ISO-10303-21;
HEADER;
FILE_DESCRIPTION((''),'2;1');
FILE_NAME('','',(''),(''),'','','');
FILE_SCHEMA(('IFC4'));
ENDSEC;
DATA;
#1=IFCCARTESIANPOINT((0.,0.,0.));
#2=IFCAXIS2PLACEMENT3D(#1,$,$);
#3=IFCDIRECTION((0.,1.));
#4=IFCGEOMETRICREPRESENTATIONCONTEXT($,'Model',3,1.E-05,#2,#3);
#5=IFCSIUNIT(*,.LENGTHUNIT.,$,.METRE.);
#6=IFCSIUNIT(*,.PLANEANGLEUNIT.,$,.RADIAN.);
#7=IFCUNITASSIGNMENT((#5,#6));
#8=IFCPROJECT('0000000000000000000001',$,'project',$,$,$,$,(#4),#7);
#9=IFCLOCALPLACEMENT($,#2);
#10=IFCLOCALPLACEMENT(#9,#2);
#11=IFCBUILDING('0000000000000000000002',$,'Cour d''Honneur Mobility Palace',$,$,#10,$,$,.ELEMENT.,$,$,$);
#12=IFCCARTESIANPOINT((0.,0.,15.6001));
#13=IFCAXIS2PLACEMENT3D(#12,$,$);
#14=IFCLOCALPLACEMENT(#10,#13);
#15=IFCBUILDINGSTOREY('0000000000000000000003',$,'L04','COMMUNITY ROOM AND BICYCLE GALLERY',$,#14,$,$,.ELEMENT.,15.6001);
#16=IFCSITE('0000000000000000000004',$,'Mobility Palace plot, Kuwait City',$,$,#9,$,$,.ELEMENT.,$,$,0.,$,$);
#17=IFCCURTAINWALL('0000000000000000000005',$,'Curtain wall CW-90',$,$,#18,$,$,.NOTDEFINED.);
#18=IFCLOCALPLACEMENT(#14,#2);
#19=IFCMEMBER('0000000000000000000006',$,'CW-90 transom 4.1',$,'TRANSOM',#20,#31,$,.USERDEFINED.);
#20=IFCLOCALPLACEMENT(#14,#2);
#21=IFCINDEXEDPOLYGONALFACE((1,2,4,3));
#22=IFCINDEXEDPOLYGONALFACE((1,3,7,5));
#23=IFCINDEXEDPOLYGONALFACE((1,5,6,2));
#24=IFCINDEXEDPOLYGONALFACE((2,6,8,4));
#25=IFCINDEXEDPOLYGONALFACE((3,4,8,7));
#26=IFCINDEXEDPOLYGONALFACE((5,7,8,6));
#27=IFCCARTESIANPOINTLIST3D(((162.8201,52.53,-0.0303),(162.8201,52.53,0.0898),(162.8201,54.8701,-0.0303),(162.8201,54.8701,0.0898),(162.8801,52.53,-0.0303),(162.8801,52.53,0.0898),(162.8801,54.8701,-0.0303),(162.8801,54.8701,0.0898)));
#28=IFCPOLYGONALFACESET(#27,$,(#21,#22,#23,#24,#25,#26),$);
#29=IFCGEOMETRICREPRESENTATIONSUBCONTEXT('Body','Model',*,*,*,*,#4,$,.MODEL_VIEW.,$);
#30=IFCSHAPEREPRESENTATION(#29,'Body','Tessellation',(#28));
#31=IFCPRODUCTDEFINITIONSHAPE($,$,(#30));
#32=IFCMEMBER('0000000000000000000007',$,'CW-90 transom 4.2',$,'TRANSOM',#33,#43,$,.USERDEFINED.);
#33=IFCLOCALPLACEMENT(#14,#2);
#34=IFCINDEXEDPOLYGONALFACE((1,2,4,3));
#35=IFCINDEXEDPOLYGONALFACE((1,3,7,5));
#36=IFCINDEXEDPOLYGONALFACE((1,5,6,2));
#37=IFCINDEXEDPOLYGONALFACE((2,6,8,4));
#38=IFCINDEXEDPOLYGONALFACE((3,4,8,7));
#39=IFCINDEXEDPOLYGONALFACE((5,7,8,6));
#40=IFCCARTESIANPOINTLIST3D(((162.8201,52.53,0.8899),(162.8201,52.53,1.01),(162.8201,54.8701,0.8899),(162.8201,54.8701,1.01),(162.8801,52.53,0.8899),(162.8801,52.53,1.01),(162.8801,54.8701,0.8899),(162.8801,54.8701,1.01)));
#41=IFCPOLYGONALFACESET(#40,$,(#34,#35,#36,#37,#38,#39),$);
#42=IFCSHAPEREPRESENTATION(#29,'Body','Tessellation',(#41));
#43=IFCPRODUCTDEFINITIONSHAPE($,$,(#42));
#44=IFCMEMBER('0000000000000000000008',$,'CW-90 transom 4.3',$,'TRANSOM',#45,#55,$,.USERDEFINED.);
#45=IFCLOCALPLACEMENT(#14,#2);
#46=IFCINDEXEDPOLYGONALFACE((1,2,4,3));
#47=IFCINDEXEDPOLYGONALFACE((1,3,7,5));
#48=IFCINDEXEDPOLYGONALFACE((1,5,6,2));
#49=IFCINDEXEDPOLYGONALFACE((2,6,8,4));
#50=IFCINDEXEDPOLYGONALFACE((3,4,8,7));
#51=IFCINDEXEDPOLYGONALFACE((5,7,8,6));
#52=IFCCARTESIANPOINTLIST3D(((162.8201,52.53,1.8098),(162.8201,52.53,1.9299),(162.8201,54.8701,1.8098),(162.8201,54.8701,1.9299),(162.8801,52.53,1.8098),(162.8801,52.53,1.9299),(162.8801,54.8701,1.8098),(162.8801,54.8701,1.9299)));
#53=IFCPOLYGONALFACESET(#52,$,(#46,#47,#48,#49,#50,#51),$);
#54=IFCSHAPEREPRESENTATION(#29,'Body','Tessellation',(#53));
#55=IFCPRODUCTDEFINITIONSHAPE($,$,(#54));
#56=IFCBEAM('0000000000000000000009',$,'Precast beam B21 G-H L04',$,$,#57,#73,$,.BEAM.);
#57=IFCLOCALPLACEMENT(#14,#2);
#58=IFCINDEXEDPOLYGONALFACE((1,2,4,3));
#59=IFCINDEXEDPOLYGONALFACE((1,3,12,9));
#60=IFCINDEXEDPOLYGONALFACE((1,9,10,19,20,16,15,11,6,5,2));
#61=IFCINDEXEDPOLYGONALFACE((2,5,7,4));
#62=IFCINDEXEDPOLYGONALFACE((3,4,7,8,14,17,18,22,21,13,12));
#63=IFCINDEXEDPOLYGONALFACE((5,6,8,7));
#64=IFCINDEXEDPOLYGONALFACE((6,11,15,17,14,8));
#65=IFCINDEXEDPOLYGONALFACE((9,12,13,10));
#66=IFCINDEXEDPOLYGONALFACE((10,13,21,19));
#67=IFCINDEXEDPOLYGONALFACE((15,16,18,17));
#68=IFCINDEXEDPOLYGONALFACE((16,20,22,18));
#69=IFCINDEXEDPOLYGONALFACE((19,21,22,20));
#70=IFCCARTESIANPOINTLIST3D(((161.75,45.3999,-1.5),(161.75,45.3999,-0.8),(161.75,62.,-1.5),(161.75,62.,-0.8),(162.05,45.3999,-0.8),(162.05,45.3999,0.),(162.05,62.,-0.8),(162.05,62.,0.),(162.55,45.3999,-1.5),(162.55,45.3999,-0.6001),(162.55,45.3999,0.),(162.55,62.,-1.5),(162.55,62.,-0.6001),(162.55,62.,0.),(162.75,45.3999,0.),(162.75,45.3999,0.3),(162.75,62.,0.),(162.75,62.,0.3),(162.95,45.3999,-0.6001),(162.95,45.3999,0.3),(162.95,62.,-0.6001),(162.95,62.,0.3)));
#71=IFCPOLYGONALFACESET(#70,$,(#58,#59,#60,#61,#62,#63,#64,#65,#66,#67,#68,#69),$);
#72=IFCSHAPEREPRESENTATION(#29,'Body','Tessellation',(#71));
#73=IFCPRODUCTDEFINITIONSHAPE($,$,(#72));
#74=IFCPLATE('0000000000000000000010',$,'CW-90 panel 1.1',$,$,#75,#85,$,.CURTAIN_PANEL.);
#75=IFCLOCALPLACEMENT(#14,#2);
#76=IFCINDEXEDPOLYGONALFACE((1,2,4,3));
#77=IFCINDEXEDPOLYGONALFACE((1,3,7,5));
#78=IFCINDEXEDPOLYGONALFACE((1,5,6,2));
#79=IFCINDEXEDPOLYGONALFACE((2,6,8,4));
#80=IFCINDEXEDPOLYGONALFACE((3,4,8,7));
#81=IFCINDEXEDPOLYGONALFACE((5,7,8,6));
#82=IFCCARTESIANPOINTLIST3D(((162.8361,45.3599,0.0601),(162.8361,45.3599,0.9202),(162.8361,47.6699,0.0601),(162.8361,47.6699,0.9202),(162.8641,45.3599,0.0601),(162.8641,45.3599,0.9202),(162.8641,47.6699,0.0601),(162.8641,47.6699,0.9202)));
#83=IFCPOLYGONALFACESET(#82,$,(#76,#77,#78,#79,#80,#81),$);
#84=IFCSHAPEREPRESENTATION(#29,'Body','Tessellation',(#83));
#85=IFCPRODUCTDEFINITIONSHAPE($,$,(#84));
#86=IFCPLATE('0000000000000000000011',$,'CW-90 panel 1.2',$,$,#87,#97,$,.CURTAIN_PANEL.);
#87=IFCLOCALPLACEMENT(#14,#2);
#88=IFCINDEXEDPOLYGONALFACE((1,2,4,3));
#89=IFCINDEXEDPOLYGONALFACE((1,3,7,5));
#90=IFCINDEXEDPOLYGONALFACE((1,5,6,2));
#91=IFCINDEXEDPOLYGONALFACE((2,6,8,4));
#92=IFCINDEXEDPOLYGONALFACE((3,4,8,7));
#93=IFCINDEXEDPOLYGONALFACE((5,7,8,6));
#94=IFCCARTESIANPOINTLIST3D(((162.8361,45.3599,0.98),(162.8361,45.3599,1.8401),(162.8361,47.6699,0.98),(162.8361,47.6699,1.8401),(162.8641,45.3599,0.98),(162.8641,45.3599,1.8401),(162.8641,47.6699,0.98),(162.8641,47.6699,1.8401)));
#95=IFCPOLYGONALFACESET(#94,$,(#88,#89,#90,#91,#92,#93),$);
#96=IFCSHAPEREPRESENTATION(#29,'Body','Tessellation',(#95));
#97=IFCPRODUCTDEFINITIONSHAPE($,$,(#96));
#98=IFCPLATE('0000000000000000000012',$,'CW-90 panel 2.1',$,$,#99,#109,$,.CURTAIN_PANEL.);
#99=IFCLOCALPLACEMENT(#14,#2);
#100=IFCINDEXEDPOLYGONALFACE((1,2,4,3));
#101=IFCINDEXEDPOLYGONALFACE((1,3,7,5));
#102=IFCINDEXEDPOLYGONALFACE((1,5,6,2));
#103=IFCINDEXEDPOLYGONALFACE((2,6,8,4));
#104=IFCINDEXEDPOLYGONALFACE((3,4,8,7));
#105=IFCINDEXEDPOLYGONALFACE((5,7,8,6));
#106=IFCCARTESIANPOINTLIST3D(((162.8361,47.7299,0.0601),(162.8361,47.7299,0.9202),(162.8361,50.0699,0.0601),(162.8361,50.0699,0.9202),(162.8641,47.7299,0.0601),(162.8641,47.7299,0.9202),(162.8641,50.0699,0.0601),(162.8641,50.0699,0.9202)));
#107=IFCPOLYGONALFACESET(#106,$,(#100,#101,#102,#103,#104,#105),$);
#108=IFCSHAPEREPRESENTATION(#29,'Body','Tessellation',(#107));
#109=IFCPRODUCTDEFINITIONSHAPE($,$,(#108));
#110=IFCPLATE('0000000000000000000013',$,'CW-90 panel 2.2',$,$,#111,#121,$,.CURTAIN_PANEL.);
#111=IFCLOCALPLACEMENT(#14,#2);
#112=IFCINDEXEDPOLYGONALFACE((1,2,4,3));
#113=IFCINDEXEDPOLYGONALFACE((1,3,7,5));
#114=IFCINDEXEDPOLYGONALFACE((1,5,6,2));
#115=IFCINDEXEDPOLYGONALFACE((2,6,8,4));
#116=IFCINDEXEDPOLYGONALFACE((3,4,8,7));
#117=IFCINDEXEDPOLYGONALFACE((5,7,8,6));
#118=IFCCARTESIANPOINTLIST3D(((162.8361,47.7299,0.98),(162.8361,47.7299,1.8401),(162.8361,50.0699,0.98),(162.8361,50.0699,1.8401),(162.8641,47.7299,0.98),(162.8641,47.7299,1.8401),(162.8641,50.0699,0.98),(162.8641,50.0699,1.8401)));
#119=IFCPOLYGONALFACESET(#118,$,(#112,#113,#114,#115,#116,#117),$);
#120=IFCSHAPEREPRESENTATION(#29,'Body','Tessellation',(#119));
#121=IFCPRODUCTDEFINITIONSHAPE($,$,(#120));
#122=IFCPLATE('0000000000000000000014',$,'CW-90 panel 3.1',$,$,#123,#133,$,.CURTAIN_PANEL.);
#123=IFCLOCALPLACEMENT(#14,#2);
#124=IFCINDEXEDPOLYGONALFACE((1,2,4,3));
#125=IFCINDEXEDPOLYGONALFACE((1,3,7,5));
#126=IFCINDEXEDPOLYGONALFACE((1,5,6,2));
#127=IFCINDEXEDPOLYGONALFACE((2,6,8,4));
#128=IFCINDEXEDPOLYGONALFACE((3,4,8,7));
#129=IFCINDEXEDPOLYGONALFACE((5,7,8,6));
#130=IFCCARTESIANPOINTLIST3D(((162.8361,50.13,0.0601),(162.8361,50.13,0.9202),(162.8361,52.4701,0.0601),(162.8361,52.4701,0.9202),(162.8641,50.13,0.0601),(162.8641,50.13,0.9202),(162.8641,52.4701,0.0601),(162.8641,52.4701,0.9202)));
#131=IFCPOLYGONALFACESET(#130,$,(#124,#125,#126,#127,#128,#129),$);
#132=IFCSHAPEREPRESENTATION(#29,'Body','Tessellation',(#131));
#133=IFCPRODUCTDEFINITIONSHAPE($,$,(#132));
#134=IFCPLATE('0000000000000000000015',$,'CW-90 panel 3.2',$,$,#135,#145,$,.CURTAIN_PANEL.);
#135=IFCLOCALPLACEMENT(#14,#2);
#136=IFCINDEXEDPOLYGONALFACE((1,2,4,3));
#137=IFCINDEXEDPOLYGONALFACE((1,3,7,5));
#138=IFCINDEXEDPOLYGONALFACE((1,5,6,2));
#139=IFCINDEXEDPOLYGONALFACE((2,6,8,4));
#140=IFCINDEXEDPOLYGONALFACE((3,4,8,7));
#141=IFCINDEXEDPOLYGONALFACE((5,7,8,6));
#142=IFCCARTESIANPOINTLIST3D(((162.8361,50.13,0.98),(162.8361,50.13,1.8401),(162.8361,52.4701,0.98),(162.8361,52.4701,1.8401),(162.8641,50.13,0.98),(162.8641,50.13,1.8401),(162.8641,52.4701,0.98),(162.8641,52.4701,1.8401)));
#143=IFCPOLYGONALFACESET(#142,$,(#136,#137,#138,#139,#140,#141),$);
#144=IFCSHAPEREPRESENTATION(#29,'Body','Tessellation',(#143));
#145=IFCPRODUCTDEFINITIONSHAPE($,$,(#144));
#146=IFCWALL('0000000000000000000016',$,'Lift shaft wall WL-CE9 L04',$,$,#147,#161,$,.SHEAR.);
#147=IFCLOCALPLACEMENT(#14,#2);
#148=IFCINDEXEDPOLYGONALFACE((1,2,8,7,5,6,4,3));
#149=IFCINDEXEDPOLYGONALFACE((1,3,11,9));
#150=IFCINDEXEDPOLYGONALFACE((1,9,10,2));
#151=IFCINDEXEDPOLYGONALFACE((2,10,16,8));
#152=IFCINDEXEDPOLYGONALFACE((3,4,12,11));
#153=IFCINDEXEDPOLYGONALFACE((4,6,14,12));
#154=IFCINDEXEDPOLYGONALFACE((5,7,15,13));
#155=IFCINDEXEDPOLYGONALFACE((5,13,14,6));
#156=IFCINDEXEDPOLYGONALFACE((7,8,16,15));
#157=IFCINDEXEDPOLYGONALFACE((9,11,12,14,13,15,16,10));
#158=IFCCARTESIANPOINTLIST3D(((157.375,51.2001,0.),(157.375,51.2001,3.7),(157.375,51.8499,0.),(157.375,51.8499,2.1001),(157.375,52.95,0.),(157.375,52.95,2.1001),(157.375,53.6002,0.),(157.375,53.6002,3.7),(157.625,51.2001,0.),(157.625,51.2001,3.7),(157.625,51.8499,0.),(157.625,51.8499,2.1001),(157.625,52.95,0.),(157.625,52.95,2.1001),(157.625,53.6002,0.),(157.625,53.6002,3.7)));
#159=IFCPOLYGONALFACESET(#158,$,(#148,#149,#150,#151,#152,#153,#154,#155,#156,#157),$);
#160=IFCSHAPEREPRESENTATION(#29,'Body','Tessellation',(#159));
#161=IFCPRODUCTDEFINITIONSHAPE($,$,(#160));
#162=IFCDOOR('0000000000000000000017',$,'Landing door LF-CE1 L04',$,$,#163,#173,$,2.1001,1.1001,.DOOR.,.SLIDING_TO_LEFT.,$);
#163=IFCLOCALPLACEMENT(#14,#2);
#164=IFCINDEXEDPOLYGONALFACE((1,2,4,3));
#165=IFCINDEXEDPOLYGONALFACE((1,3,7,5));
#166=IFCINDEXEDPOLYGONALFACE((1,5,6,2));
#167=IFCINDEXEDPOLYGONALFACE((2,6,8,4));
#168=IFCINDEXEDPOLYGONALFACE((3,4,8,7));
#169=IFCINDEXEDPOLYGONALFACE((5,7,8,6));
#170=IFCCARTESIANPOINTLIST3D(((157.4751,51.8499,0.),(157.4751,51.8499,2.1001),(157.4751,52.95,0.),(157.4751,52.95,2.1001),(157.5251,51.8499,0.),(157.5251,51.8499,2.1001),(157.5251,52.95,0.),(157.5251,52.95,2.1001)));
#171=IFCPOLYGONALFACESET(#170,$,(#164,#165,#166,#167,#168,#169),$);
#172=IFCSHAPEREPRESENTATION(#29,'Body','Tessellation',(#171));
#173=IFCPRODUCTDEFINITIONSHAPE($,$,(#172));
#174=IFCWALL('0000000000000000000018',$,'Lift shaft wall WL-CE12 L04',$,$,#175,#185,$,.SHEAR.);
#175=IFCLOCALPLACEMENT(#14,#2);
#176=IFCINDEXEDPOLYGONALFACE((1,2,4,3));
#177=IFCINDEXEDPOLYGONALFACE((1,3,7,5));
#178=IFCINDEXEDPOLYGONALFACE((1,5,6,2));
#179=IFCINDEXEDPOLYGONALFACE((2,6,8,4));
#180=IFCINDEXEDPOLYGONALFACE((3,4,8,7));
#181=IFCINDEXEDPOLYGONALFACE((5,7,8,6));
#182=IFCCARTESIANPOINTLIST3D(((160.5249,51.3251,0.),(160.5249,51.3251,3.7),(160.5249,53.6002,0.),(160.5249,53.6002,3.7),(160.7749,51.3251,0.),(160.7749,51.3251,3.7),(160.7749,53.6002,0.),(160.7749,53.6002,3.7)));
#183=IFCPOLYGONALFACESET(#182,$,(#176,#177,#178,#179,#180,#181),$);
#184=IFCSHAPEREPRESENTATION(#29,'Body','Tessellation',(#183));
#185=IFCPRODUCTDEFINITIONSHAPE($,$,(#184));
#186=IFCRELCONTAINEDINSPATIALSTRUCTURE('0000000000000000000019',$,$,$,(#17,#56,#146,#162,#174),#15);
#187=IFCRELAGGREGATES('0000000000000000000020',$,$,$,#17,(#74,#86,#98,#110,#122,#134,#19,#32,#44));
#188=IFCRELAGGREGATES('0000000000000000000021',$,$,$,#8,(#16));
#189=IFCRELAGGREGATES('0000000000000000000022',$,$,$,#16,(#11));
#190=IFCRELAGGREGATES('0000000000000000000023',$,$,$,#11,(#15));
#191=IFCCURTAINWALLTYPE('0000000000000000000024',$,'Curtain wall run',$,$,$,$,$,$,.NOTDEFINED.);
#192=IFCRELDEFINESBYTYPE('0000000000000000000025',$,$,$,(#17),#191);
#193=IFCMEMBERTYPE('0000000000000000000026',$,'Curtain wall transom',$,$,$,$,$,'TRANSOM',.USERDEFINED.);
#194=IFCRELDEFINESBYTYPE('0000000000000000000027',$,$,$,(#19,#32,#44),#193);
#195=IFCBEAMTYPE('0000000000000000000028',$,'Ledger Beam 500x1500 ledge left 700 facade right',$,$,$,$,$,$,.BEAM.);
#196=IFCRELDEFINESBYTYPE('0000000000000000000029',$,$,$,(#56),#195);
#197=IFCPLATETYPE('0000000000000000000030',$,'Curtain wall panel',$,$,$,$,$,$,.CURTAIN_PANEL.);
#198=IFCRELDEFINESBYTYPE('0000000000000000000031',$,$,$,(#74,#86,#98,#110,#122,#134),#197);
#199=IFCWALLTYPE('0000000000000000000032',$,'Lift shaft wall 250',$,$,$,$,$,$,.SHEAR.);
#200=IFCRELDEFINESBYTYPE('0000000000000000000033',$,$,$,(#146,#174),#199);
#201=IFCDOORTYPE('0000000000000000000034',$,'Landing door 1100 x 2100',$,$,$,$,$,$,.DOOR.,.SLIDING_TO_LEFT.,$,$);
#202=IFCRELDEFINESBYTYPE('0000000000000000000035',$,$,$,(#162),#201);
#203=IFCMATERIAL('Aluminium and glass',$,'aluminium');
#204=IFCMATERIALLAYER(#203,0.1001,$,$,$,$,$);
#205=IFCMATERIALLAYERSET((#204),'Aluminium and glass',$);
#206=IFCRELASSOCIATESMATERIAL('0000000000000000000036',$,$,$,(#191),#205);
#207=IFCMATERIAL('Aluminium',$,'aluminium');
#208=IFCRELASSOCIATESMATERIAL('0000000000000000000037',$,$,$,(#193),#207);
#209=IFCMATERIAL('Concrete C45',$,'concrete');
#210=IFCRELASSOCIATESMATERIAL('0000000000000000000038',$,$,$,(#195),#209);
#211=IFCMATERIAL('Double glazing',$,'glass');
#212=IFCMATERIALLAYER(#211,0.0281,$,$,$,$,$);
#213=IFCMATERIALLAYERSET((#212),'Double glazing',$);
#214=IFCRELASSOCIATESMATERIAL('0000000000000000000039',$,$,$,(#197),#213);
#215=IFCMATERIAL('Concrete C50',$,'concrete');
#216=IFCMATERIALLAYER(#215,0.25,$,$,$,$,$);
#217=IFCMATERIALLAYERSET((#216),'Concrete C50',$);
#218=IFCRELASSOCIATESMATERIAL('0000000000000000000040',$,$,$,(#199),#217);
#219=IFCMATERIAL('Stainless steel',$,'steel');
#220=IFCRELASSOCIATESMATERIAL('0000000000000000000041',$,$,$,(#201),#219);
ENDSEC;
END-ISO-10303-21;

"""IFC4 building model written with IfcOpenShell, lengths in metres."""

from ifc_helpers import new_model, si_unit, direction, frame, frame_2d, origin, origin_2d, place, context, subcontext, project, spatial, polyline, rectangle, outline, extrude, material, layer, layer_set, material_profile, profile_set, type_object, element, fill, aggregate, save


model = new_model("IFC4")

# Units and contexts
model_context = context("Model", 3, precision=1e-05, world=origin(), true_north=direction((0.0, 1.0)))
body_context = subcontext(model_context, "Body", "Model", "MODEL_VIEW")
ifc_project = project(units=[si_unit("LENGTHUNIT", "METRE"), si_unit("PLANEANGLEUNIT", "RADIAN")], contexts=[model_context])

# Site, building, storey
site_placement = place(None, origin())
site = spatial("IfcSite", under=ifc_project, at=site_placement, Name="Mobility Palace plot, Kuwait City", CompositionType="ELEMENT", RefElevation=0.0)
building_placement = place(site_placement, origin())
building = spatial("IfcBuilding", under=site, at=building_placement, Name="Cour d'Honneur Mobility Palace", CompositionType="ELEMENT")
storey_placement = place(building_placement, frame((0.0, 0.0, 15.6001)))
storey = spatial("IfcBuildingStorey", under=building, at=storey_placement, Name="L04", Description="COMMUNITY ROOM AND BICYCLE GALLERY", CompositionType="ELEMENT", Elevation=15.6001)

# Curtain wall, members
ifc_material_1 = material(Name="Aluminium and glass", Category="aluminium")
ifc_layer_1 = layer(ifc_material_1, 0.1001)
ifc_layer_set_1 = layer_set([ifc_layer_1], Name="Aluminium and glass")
curtain_wall_type = type_object("IfcCurtainWallType", Name="Curtain wall run", PredefinedType="NOTDEFINED", material=ifc_layer_set_1)
curtain_wall_placement = place(storey_placement, origin())
curtain_wall = element("IfcCurtainWall", 1, at=curtain_wall_placement, inside=storey, type_object=curtain_wall_type, Name="Curtain wall CW-90", PredefinedType="NOTDEFINED")
ifc_material_2 = material(Name="Aluminium", Category="aluminium")
ifc_material_profile_1 = material_profile(ifc_material_2, rectangle(XDim=0.0601, YDim=0.1201, at=origin_2d()), Name="Curtain wall transom")
ifc_profile_set_1 = profile_set([ifc_material_profile_1], Name="Aluminium")
member_type_1 = type_object("IfcMemberType", Name="Curtain wall transom", ElementType="TRANSOM", PredefinedType="USERDEFINED", material=ifc_profile_set_1)
member_1_placement = place(storey_placement, frame((162.8501, 52.53, 0.0298), z_axis=(0.0, 1.0, 0.0), x_axis=(-1.0, 0.0, 0.0)))
member_1 = element("IfcMember", 2, at=member_1_placement, type_object=member_type_1, Name="CW-90 transom 4.1", ObjectType="TRANSOM", PredefinedType="USERDEFINED", context=body_context, shape_type="SweptSolid", body=[
    extrude(rectangle(XDim=0.0601, YDim=0.1201, at=origin_2d()), origin(), (0.0, 0.0, 1.0), 2.3401),
])
member_2_placement = place(storey_placement, frame((162.8501, 52.53, 0.95), z_axis=(0.0, 1.0, 0.0), x_axis=(-1.0, 0.0, 0.0)))
member_2 = element("IfcMember", 3, at=member_2_placement, type_object=member_type_1, Name="CW-90 transom 4.2", ObjectType="TRANSOM", PredefinedType="USERDEFINED", context=body_context, shape_type="SweptSolid", body=[
    extrude(rectangle(XDim=0.0601, YDim=0.1201, at=origin_2d()), origin(), (0.0, 0.0, 1.0), 2.3401),
])
member_3_placement = place(storey_placement, frame((162.8501, 52.53, 1.8699), z_axis=(0.0, 1.0, 0.0), x_axis=(-1.0, 0.0, 0.0)))
member_3 = element("IfcMember", 4, at=member_3_placement, type_object=member_type_1, Name="CW-90 transom 4.3", ObjectType="TRANSOM", PredefinedType="USERDEFINED", context=body_context, shape_type="SweptSolid", body=[
    extrude(rectangle(XDim=0.0601, YDim=0.1201, at=origin_2d()), origin(), (0.0, 0.0, 1.0), 2.3401),
])

# Beam
ifc_material_3 = material(Name="Concrete C45", Category="concrete")
ifc_material_profile_2 = material_profile(ifc_material_3, outline(polyline([(0.55, -1.5), (0.55, -0.8), (0.25, -0.8), (0.25, 0.0), (-0.25, 0.0), (-0.45, 0.0), (-0.45, 0.3), (-0.6499, 0.3), (-0.6499, -0.6001), (-0.25, -0.6001), (-0.25, -1.5), (0.55, -1.5)])), Name="Ledger Beam 500x1500 ledge left 700 facade right")
ifc_profile_set_2 = profile_set([ifc_material_profile_2], Name="Concrete C45")
beam_type = type_object("IfcBeamType", Name="Ledger Beam 500x1500 ledge left 700 facade right", PredefinedType="BEAM", material=ifc_profile_set_2)
beam_placement = place(storey_placement, frame((162.3, 45.3999, 0.0), z_axis=(0.0, 1.0, 0.0), x_axis=(-1.0, 0.0, 0.0)))
element("IfcBeam", 5, at=beam_placement, inside=storey, type_object=beam_type, Name="Precast beam B21 G-H L04", PredefinedType="BEAM", context=body_context, shape_type="SweptSolid", body=[
    extrude(outline(polyline([(0.55, -1.5), (0.55, -0.8), (0.25, -0.8), (0.25, 0.0), (-0.25, 0.0), (-0.45, 0.0), (-0.45, 0.3), (-0.6499, 0.3), (-0.6499, -0.6001), (-0.25, -0.6001), (-0.25, -1.5), (0.55, -1.5)])), origin(), (0.0, 0.0, 1.0), 16.6001),
])

# Plates
ifc_material_4 = material(Name="Double glazing", Category="glass")
ifc_layer_2 = layer(ifc_material_4, 0.0281)
ifc_layer_set_2 = layer_set([ifc_layer_2], Name="Double glazing")
plate_type = type_object("IfcPlateType", Name="Curtain wall panel", PredefinedType="CURTAIN_PANEL", material=ifc_layer_set_2)
plate_1_placement = place(storey_placement, frame((162.8501, 46.5149, 0.0601), z_axis=(0.0, 0.0, 1.0), x_axis=(0.0, 1.0, 0.0)))
plate_1 = element("IfcPlate", 6, at=plate_1_placement, type_object=plate_type, Name="CW-90 panel 1.1", PredefinedType="CURTAIN_PANEL", context=body_context, shape_type="SweptSolid", body=[
    extrude(rectangle(XDim=2.3101, YDim=0.0281, at=origin_2d()), origin(), (0.0, 0.0, 1.0), 0.8601),
])
plate_2_placement = place(storey_placement, frame((162.8501, 46.5149, 0.98), z_axis=(0.0, 0.0, 1.0), x_axis=(0.0, 1.0, 0.0)))
plate_2 = element("IfcPlate", 7, at=plate_2_placement, type_object=plate_type, Name="CW-90 panel 1.2", PredefinedType="CURTAIN_PANEL", context=body_context, shape_type="SweptSolid", body=[
    extrude(rectangle(XDim=2.3101, YDim=0.0281, at=origin_2d()), origin(), (0.0, 0.0, 1.0), 0.8601),
])
plate_3_placement = place(storey_placement, frame((162.8501, 48.8999, 0.0601), z_axis=(0.0, 0.0, 1.0), x_axis=(0.0, 1.0, 0.0)))
plate_3 = element("IfcPlate", 8, at=plate_3_placement, type_object=plate_type, Name="CW-90 panel 2.1", PredefinedType="CURTAIN_PANEL", context=body_context, shape_type="SweptSolid", body=[
    extrude(rectangle(XDim=2.3401, YDim=0.0281, at=origin_2d()), origin(), (0.0, 0.0, 1.0), 0.8601),
])
plate_4_placement = place(storey_placement, frame((162.8501, 48.8999, 0.98), z_axis=(0.0, 0.0, 1.0), x_axis=(0.0, 1.0, 0.0)))
plate_4 = element("IfcPlate", 9, at=plate_4_placement, type_object=plate_type, Name="CW-90 panel 2.2", PredefinedType="CURTAIN_PANEL", context=body_context, shape_type="SweptSolid", body=[
    extrude(rectangle(XDim=2.3401, YDim=0.0281, at=origin_2d()), origin(), (0.0, 0.0, 1.0), 0.8601),
])
plate_5_placement = place(storey_placement, frame((162.8501, 51.3, 0.0601), z_axis=(0.0, 0.0, 1.0), x_axis=(0.0, 1.0, 0.0)))
plate_5 = element("IfcPlate", 10, at=plate_5_placement, type_object=plate_type, Name="CW-90 panel 3.1", PredefinedType="CURTAIN_PANEL", context=body_context, shape_type="SweptSolid", body=[
    extrude(rectangle(XDim=2.3401, YDim=0.0281, at=origin_2d()), origin(), (0.0, 0.0, 1.0), 0.8601),
])
plate_6_placement = place(storey_placement, frame((162.8501, 51.3, 0.98), z_axis=(0.0, 0.0, 1.0), x_axis=(0.0, 1.0, 0.0)))
plate_6 = element("IfcPlate", 11, at=plate_6_placement, type_object=plate_type, Name="CW-90 panel 3.2", PredefinedType="CURTAIN_PANEL", context=body_context, shape_type="SweptSolid", body=[
    extrude(rectangle(XDim=2.3401, YDim=0.0281, at=origin_2d()), origin(), (0.0, 0.0, 1.0), 0.8601),
])
aggregate(curtain_wall, [plate_1, plate_2, plate_3, plate_4, plate_5, plate_6, member_1, member_2, member_3])

# Wall, opening, door
ifc_material_5 = material(Name="Concrete C50", Category="concrete")
ifc_layer_3 = layer(ifc_material_5, 0.25)
ifc_layer_set_3 = layer_set([ifc_layer_3], Name="Concrete C50")
wall_type_1 = type_object("IfcWallType", Name="Lift shaft wall 250", PredefinedType="SHEAR", material=ifc_layer_set_3)
wall_1_placement = place(storey_placement, frame((157.5, 51.2, 0.0), z_axis=(0.0, 0.0, 1.0), x_axis=(0.0, 1.0, 0.0)))
wall_1 = element("IfcWall", 12, at=wall_1_placement, inside=storey, type_object=wall_type_1, Name="Lift shaft wall WL-CE9 L04", PredefinedType="SHEAR", context=body_context, shape_type="SweptSolid", body=[
    extrude(rectangle(XDim=2.4001, YDim=0.25, at=frame_2d((1.2002, 0.0))), origin(), (0.0, 0.0, 1.0), 3.7),
])
opening_placement = place(wall_1_placement, frame((0.6499, 0.0, 0.0)))
opening = element("IfcOpeningElement", 13, at=opening_placement, cuts=wall_1, PredefinedType="OPENING", context=body_context, shape_type="SweptSolid", body=[
    extrude(rectangle(XDim=1.1001, YDim=2.1001, at=frame_2d((0.55, 1.05))), frame((0.0, 0.135, 0.0), z_axis=(0.0, -1.0, 0.0), x_axis=(1.0, 0.0, 0.0)), (0.0, 0.0, 1.0), 0.27),
])
ifc_material_6 = material(Name="Stainless steel", Category="steel")
door_type = type_object("IfcDoorType", Name="Landing door 1100 x 2100", OperationType="SLIDING_TO_LEFT", PredefinedType="DOOR", material=ifc_material_6)
door_placement = place(opening_placement, origin())
door = element("IfcDoor", 14, at=door_placement, inside=storey, type_object=door_type, Name="Landing door LF-CE1 L04", OperationType="SLIDING_TO_LEFT", OverallHeight=2.1001, OverallWidth=1.1001, PredefinedType="DOOR", context=body_context, shape_type="SweptSolid", body=[
    extrude(rectangle(XDim=1.1001, YDim=2.1001, at=frame_2d((0.55, 1.05))), frame((0.0, 0.0249, 0.0), z_axis=(0.0, -1.0, 0.0), x_axis=(1.0, 0.0, 0.0)), (0.0, 0.0, 1.0), 0.05),
])
fill(opening, door)

# Wall
wall_2_placement = place(storey_placement, frame((160.6499, 51.325, 0.0), z_axis=(0.0, 0.0, 1.0), x_axis=(0.0, 1.0, 0.0)))
element("IfcWall", 15, at=wall_2_placement, inside=storey, type_object=wall_type_1, Name="Lift shaft wall WL-CE12 L04", PredefinedType="SHEAR", context=body_context, shape_type="SweptSolid", body=[
    extrude(rectangle(XDim=2.2751, YDim=0.25, at=frame_2d((1.1377, 0.0))), origin(), (0.0, 0.0, 1.0), 3.7),
])

save(model, "model.ifc")
